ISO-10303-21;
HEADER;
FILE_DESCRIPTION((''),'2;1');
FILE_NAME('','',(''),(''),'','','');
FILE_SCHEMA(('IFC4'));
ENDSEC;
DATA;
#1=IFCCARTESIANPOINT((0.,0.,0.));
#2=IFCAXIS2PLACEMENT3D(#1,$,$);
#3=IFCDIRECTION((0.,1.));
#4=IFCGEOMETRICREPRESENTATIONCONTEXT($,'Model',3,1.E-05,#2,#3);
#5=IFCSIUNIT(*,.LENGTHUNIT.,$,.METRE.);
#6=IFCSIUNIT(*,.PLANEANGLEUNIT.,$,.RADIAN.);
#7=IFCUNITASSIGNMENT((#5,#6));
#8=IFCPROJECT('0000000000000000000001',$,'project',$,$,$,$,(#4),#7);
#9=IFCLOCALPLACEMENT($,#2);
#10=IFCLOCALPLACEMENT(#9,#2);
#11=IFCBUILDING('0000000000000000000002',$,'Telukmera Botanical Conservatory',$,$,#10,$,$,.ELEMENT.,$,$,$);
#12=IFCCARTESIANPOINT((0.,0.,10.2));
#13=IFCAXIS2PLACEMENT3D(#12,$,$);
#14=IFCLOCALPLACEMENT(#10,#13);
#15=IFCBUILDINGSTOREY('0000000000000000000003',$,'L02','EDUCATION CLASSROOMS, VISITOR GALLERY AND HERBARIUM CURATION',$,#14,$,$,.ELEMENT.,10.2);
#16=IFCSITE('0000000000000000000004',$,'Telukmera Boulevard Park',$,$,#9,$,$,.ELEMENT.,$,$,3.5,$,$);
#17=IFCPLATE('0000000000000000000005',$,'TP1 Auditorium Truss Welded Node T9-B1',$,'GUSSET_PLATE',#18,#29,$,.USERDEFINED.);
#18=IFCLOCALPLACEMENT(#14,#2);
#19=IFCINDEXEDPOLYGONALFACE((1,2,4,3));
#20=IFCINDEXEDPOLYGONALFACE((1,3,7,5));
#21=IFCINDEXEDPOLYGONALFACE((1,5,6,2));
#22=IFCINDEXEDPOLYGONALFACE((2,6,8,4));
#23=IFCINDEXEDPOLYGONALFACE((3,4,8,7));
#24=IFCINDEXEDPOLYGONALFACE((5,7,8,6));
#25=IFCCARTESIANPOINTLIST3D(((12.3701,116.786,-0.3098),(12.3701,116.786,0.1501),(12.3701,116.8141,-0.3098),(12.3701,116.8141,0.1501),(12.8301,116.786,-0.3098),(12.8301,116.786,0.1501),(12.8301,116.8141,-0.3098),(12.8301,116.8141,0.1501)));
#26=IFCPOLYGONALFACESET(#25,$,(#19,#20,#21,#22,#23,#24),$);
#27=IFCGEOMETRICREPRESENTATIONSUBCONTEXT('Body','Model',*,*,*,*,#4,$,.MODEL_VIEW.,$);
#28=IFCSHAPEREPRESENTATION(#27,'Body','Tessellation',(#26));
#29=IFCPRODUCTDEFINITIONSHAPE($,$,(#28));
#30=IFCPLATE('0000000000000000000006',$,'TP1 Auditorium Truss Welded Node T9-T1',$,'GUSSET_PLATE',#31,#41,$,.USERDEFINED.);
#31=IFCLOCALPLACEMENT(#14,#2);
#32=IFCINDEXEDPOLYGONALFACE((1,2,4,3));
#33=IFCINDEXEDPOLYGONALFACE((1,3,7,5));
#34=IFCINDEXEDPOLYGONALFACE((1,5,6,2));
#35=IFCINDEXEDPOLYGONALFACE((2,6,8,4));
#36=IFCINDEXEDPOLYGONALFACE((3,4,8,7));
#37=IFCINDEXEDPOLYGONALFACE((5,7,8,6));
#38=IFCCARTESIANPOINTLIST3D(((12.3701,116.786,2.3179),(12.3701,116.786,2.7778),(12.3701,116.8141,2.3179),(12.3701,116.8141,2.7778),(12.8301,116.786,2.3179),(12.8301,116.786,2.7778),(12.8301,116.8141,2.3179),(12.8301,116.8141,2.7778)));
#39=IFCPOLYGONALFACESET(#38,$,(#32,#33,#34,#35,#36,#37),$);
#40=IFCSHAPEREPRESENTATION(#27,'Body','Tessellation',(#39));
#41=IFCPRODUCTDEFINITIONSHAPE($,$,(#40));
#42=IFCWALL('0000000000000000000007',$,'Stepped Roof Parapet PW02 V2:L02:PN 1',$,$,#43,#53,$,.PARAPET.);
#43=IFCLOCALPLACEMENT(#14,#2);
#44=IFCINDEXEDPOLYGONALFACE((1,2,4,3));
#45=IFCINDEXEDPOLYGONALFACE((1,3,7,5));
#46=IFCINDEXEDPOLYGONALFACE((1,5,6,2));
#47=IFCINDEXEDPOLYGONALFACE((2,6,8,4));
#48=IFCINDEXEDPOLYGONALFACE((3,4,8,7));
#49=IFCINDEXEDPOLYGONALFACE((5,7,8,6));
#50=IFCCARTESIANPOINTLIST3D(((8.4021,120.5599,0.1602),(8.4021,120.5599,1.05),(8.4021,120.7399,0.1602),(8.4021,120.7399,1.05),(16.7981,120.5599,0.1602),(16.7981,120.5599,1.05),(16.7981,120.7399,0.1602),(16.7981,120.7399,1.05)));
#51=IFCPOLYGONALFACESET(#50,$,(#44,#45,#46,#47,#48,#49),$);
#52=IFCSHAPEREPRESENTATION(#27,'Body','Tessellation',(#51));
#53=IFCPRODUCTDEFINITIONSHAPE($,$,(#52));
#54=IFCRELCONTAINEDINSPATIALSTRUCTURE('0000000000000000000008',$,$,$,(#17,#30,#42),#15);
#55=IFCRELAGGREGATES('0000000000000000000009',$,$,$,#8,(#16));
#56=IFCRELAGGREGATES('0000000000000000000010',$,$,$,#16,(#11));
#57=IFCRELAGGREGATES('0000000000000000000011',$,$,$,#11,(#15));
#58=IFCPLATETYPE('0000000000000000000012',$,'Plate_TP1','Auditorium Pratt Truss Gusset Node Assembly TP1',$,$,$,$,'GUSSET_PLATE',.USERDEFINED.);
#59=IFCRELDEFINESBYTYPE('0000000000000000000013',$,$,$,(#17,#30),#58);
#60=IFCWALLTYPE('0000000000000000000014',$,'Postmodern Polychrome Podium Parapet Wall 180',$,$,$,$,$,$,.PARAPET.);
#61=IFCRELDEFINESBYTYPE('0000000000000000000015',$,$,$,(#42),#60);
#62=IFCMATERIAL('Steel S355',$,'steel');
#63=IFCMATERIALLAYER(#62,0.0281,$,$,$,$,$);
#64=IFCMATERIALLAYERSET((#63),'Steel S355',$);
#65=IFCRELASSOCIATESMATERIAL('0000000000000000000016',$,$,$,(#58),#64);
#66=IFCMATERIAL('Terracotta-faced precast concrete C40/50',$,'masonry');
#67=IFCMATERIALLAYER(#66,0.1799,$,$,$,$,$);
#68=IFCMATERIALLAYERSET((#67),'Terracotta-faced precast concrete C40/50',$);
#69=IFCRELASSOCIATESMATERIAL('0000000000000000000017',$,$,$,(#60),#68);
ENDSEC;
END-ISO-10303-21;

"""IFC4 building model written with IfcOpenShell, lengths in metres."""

from ifc_helpers import new_model, si_unit, direction, frame, frame_2d, origin, origin_2d, place, context, subcontext, project, spatial, rectangle, extrude, material, layer, layer_set, type_object, element, save


model = new_model("IFC4")

# Units and contexts
model_context = context("Model", 3, precision=1e-05, world=origin(), true_north=direction((0.0, 1.0)))
body_context = subcontext(model_context, "Body", "Model", "MODEL_VIEW")
ifc_project = project(units=[si_unit("LENGTHUNIT", "METRE"), si_unit("PLANEANGLEUNIT", "RADIAN")], contexts=[model_context])

# Site, building, storey
site_placement = place(None, origin())
site = spatial("IfcSite", under=ifc_project, at=site_placement, Name="Telukmera Boulevard Park", CompositionType="ELEMENT", RefElevation=3.5)
building_placement = place(site_placement, origin())
building = spatial("IfcBuilding", under=site, at=building_placement, Name="Telukmera Botanical Conservatory", CompositionType="ELEMENT")
storey_placement = place(building_placement, frame((0.0, 0.0, 10.2)))
storey = spatial("IfcBuildingStorey", under=building, at=storey_placement, Name="L02", Description="EDUCATION CLASSROOMS, VISITOR GALLERY AND HERBARIUM CURATION", CompositionType="ELEMENT", Elevation=10.2)

# Shared definitions
ifc_material_1 = material(Name="Steel S355", Category="steel")

# Plates
ifc_layer_1 = layer(ifc_material_1, 0.0281)
ifc_layer_set_1 = layer_set([ifc_layer_1], Name="Steel S355")
plate_type_1 = type_object("IfcPlateType", Name="Plate_TP1", Description="Auditorium Pratt Truss Gusset Node Assembly TP1", ElementType="GUSSET_PLATE", PredefinedType="USERDEFINED", material=ifc_layer_set_1)
for number, where, z_axis, x_axis, name in (
    (1, (12.6001, 116.8, -0.3098), (0.0, 0.0, 1.0), (1.0, 0.0, 0.0), "TP1 Auditorium Truss Welded Node T9-B1"),
    (2, (12.6001, 116.8, 2.3179), (0.0, 0.0, 1.0), (1.0, 0.0, 0.0), "TP1 Auditorium Truss Welded Node T9-T1"),
):
    element("IfcPlate", number, at=place(storey_placement, frame(where, z_axis=z_axis, x_axis=x_axis)), inside=storey, type_object=plate_type_1, Name=name, ObjectType="GUSSET_PLATE", PredefinedType="USERDEFINED", context=body_context, shape_type="SweptSolid", body=[
        extrude(rectangle(XDim=0.46, YDim=0.0281, at=origin_2d()), origin(), (0.0, 0.0, 1.0), 0.46),
    ])

# Wall
ifc_material_2 = material(Name="Terracotta-faced precast concrete C40/50", Category="masonry")
ifc_layer_2 = layer(ifc_material_2, 0.1799)
ifc_layer_set_2 = layer_set([ifc_layer_2], Name="Terracotta-faced precast concrete C40/50")
wall_type = type_object("IfcWallType", Name="Postmodern Polychrome Podium Parapet Wall 180", PredefinedType="PARAPET", material=ifc_layer_set_2)
wall_placement = place(storey_placement, frame((8.4021, 120.6499, 0.1602), z_axis=(0.0, 0.0, 1.0), x_axis=(1.0, 0.0, 0.0)))
element("IfcWall", 3, at=wall_placement, inside=storey, type_object=wall_type, Name="Stepped Roof Parapet PW02 V2:L02:PN 1", PredefinedType="PARAPET", context=body_context, shape_type="SweptSolid", body=[
    extrude(rectangle(XDim=8.396, YDim=0.1799, at=frame_2d((4.198, 0.0))), origin(), (0.0, 0.0, 1.0), 0.8899),
])

save(model, "model.ifc")
